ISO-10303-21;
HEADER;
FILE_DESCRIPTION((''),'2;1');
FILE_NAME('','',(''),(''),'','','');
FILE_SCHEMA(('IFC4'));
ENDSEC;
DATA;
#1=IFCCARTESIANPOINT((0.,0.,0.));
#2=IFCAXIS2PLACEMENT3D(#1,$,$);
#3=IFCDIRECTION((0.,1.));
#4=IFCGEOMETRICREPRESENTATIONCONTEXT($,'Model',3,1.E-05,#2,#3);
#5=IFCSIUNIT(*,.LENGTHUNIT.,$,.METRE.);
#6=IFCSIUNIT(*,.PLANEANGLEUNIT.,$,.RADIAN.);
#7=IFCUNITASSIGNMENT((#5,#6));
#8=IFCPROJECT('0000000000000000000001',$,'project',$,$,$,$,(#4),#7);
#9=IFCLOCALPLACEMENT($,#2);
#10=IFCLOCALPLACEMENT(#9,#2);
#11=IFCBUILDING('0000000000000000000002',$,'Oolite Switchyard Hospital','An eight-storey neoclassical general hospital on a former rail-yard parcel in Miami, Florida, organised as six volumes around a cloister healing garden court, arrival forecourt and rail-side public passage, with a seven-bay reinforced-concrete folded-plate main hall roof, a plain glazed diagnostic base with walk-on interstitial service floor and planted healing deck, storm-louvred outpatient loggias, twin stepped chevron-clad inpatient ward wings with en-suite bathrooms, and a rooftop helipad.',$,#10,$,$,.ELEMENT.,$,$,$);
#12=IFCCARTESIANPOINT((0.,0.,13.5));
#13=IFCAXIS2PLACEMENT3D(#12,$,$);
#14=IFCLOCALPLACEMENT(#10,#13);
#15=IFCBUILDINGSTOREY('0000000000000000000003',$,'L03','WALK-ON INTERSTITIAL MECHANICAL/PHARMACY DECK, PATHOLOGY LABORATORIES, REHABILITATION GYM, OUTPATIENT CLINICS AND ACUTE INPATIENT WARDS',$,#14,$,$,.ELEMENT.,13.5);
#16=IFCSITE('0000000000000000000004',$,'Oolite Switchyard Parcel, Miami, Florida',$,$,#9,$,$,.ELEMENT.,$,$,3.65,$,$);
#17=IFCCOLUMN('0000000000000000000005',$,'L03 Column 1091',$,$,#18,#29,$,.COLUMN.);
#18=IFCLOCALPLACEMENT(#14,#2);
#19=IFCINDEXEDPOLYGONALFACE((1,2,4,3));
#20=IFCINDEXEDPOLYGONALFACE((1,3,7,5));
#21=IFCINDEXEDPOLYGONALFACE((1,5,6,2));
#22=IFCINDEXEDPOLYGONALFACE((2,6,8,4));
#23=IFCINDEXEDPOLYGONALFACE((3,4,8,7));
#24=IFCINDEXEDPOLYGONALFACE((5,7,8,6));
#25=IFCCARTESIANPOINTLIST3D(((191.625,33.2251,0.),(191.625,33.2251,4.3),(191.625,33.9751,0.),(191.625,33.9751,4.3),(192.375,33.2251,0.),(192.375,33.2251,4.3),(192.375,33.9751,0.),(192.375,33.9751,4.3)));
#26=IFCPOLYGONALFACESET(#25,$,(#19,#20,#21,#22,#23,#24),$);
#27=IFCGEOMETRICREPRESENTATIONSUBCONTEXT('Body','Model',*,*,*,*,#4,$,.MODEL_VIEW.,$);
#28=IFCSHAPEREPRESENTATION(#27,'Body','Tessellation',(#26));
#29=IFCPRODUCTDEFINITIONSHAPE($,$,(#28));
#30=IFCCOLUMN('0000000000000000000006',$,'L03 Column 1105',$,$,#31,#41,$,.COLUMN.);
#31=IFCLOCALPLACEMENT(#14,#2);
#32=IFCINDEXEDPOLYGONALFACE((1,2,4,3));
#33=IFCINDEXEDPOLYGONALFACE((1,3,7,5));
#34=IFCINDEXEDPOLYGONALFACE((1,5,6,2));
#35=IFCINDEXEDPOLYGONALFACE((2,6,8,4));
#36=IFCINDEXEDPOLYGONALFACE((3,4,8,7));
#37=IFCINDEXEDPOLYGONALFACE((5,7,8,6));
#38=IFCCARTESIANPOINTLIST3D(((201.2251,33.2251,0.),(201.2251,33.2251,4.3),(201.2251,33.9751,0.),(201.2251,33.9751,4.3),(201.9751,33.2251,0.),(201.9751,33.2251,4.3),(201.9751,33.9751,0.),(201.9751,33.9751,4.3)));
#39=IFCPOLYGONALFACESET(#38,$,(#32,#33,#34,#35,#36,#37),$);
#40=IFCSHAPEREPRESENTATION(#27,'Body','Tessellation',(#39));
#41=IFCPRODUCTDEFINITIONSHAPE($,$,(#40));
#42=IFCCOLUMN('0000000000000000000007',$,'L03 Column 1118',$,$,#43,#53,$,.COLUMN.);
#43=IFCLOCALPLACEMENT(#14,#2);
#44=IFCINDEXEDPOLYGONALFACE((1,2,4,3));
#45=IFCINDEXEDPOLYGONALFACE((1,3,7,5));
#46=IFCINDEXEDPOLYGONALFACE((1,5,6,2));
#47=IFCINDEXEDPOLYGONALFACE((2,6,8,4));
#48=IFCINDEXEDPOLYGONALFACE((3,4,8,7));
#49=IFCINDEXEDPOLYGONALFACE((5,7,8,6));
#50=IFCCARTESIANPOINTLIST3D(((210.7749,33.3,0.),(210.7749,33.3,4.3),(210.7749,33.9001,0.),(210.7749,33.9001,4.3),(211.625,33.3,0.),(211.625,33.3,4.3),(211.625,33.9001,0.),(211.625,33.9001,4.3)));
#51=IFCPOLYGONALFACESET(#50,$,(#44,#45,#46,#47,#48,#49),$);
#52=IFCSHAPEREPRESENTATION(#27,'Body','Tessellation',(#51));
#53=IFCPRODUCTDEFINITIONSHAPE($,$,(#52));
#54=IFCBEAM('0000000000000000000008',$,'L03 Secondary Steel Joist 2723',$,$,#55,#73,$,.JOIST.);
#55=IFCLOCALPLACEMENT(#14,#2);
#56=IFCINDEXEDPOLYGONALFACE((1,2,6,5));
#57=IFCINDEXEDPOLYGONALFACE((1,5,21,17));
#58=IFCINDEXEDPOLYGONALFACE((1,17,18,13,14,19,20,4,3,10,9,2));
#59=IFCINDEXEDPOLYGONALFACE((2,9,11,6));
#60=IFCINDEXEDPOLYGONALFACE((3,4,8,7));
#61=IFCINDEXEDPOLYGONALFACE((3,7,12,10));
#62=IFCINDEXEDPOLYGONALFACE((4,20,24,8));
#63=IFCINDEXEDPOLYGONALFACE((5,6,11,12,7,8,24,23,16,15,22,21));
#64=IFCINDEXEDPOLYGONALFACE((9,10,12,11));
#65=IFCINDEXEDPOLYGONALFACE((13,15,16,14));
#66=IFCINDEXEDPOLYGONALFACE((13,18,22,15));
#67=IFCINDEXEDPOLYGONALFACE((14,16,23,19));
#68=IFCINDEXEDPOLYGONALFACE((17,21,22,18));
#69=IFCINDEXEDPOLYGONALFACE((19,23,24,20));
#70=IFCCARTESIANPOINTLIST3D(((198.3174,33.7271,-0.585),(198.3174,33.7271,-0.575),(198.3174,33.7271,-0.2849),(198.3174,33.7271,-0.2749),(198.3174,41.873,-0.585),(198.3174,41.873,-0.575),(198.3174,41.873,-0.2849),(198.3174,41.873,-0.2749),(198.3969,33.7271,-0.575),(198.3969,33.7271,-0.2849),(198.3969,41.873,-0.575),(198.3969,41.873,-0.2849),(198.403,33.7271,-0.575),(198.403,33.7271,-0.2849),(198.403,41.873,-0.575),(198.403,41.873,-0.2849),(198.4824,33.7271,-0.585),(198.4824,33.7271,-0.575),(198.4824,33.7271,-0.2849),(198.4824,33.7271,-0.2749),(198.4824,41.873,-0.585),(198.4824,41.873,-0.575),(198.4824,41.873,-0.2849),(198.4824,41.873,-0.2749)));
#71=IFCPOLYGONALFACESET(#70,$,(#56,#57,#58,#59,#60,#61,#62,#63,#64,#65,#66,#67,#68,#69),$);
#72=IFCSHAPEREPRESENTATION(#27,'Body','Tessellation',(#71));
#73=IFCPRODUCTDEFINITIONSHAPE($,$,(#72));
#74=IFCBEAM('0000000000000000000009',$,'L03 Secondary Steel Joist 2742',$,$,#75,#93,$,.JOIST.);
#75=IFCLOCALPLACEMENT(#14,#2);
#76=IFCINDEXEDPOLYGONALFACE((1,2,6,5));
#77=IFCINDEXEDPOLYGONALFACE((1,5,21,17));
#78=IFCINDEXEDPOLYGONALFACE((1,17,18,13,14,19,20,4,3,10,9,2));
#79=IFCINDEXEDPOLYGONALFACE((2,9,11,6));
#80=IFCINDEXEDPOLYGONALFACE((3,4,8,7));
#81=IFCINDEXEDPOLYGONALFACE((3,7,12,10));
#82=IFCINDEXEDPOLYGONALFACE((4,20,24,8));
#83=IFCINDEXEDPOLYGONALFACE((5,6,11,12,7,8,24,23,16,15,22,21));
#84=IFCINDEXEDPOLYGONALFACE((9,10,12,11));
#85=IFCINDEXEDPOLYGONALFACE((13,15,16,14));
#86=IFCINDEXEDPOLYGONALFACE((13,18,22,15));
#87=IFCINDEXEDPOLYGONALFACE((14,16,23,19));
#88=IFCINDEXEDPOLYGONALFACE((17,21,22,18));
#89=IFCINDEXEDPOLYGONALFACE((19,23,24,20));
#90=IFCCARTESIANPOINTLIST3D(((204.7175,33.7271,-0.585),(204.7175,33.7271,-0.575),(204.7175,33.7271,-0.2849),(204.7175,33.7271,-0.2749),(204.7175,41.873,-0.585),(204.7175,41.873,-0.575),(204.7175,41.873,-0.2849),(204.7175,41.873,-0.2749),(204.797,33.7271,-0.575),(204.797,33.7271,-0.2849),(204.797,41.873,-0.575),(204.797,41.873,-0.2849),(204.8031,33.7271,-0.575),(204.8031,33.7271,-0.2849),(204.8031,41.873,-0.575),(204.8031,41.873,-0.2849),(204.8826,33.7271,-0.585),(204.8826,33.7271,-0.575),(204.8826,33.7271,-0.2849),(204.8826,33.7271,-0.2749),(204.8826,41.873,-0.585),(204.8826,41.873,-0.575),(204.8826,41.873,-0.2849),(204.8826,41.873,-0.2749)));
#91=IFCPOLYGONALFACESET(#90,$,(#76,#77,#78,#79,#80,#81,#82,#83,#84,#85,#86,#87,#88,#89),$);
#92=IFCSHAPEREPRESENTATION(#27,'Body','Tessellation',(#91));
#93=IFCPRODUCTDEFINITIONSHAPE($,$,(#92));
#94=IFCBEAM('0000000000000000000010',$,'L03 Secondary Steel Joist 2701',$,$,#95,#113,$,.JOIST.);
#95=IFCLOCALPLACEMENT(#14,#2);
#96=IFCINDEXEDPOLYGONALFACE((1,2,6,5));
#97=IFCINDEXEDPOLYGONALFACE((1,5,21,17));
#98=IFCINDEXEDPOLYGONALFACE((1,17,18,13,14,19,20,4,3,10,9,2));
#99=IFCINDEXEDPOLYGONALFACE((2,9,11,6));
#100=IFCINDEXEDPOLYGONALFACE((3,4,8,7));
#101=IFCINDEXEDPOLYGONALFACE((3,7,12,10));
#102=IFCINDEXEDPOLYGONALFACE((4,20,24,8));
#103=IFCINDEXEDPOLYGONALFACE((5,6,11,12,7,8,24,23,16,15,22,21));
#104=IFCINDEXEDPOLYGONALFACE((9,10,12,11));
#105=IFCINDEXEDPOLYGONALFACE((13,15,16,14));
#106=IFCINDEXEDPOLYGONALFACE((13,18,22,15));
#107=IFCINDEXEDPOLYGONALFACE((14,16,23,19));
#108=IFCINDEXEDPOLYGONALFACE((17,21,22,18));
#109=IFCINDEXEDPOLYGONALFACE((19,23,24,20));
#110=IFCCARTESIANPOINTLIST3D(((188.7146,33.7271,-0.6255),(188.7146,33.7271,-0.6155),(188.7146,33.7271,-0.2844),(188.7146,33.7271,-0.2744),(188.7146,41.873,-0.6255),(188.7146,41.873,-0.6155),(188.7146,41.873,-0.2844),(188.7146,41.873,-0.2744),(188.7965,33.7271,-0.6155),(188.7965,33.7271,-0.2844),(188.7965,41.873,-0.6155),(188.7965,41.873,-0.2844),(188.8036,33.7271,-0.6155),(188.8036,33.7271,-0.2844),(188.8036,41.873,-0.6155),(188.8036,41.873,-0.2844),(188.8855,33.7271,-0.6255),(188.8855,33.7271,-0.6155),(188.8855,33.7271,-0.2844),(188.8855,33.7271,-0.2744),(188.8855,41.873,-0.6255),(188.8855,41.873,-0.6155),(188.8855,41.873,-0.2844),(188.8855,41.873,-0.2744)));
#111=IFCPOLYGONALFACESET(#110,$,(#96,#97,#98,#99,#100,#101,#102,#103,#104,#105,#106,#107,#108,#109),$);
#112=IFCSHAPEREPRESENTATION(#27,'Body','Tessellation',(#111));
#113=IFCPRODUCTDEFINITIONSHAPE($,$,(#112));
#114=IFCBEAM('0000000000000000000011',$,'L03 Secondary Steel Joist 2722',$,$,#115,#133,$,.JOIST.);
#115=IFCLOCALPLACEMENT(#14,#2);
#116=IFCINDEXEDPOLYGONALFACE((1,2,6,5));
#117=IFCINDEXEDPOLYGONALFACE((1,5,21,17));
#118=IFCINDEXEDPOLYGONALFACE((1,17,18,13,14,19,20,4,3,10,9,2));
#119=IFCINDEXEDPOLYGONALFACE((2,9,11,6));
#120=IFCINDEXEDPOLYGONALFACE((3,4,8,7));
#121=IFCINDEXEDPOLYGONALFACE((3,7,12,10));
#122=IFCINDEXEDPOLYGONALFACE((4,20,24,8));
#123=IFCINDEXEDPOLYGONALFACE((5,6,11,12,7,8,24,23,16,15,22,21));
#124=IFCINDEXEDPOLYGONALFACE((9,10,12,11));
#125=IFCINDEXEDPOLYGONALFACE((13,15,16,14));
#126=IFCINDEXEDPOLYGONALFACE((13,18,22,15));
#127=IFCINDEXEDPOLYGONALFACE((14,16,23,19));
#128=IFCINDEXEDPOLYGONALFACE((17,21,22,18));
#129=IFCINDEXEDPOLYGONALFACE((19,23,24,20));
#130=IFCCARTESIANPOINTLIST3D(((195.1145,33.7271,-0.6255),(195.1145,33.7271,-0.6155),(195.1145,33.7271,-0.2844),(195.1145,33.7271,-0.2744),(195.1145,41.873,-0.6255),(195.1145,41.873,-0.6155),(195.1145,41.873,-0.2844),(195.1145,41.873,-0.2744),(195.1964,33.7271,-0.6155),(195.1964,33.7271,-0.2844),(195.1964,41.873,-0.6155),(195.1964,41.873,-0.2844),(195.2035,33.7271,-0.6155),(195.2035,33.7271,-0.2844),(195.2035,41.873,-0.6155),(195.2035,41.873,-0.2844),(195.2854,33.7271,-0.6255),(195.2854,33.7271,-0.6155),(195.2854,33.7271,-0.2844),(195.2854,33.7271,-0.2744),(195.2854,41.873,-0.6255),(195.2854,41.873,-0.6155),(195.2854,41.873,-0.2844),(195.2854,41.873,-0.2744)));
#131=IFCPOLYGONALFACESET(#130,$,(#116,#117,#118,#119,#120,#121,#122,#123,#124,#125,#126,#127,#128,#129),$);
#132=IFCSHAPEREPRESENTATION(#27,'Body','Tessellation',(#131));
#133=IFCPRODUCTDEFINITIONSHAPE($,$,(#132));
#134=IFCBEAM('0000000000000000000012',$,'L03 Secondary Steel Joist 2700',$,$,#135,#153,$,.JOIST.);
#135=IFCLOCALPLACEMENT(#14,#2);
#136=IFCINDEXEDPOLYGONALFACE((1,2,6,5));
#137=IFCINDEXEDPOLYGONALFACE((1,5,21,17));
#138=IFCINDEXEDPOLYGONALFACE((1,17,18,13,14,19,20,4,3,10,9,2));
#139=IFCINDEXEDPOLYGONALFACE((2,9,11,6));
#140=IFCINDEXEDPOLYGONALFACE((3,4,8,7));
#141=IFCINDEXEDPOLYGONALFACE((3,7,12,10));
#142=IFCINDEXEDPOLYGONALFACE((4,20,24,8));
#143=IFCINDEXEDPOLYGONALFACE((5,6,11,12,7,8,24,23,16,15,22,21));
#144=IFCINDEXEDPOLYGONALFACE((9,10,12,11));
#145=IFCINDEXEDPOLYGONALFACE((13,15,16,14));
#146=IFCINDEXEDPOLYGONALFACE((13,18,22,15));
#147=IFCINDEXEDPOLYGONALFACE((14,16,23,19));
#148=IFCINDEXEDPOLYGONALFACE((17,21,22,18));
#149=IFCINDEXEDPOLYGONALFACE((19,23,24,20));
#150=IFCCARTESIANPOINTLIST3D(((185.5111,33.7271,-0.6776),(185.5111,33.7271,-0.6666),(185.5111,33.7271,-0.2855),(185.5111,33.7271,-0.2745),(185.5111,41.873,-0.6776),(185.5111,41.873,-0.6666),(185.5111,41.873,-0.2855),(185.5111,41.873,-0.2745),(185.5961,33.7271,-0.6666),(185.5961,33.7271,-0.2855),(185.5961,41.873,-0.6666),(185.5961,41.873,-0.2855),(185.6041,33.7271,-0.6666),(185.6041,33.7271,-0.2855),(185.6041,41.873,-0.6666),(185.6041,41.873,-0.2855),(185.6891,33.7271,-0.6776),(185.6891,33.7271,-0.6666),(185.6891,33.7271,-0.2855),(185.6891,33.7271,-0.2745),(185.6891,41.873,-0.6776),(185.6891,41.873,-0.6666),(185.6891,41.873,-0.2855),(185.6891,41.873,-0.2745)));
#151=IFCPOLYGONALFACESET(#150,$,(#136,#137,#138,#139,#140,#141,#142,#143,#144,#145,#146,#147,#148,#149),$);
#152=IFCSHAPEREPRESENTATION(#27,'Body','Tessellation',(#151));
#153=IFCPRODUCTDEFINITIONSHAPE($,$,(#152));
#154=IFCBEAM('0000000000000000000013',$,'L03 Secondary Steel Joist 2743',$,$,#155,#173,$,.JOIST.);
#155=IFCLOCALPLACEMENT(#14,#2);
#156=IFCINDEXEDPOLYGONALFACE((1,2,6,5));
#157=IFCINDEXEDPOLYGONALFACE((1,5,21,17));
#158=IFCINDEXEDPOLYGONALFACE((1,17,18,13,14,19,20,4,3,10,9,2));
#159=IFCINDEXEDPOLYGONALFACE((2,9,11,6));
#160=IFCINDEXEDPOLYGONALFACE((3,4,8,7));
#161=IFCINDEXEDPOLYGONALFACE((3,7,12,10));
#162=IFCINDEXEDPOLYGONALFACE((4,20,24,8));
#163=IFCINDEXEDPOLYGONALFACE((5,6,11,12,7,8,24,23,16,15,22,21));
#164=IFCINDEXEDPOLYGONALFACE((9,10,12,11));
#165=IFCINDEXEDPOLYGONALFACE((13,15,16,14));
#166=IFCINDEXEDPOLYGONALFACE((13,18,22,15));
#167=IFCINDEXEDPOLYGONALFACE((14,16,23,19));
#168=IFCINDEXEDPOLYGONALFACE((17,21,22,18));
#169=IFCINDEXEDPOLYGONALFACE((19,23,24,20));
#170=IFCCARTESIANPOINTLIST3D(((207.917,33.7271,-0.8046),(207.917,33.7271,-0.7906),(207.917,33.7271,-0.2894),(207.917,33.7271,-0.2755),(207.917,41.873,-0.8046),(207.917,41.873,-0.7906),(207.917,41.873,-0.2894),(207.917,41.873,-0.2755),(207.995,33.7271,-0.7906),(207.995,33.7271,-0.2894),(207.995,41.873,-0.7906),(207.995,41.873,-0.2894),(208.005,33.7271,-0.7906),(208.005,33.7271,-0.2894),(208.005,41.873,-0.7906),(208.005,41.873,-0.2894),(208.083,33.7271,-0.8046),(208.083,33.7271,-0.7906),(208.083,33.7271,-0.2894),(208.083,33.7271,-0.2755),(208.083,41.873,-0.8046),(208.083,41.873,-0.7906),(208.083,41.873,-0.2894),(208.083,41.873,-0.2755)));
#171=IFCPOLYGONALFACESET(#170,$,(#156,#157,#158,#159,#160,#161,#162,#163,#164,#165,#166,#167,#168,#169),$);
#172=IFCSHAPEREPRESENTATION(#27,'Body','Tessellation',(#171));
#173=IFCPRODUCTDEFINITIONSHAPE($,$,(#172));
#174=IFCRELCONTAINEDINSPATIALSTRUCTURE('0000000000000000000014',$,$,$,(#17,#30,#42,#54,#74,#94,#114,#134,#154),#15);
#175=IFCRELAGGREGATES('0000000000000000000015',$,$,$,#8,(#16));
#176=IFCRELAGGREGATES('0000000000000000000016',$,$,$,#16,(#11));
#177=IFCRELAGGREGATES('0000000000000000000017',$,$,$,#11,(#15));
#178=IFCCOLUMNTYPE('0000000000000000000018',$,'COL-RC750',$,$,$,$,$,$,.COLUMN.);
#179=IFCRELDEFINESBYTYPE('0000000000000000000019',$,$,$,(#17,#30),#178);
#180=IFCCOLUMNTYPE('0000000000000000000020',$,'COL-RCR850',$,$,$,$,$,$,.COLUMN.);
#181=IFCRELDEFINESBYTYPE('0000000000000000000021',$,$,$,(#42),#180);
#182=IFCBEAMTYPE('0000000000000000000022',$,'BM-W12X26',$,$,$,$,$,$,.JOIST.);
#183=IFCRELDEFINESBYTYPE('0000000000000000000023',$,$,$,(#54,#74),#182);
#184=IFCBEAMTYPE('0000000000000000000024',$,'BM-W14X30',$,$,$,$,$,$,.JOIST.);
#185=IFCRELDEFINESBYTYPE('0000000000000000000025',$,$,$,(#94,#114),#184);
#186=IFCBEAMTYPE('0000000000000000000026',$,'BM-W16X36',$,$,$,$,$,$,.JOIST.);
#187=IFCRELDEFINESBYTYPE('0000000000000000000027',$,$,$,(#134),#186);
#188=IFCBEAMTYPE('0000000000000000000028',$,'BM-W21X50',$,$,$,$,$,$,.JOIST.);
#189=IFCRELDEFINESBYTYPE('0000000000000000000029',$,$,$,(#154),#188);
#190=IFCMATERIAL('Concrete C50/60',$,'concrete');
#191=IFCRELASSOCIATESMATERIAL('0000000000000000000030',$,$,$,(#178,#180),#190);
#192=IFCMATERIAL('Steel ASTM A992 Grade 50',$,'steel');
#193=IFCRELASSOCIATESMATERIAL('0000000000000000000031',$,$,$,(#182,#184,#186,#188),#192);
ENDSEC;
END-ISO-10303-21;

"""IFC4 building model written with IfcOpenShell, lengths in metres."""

from ifc_helpers import new_model, si_unit, direction, frame, origin, origin_2d, place, context, subcontext, project, spatial, rectangle, i_section, extrude, material, material_profile, profile_set, type_object, element, save


model = new_model("IFC4")

# Units and contexts
model_context = context("Model", 3, precision=1e-05, world=origin(), true_north=direction((0.0, 1.0)))
body_context = subcontext(model_context, "Body", "Model", "MODEL_VIEW")
ifc_project = project(units=[si_unit("LENGTHUNIT", "METRE"), si_unit("PLANEANGLEUNIT", "RADIAN")], contexts=[model_context])

# Site, building, storey
site_placement = place(None, origin())
site = spatial("IfcSite", under=ifc_project, at=site_placement, Name="Oolite Switchyard Parcel, Miami, Florida", CompositionType="ELEMENT", RefElevation=3.65)
building_placement = place(site_placement, origin())
building = spatial("IfcBuilding", under=site, at=building_placement, Name="Oolite Switchyard Hospital", Description="An eight-storey neoclassical general hospital on a former rail-yard parcel in Miami, Florida, organised as six volumes around a cloister healing garden court, arrival forecourt and rail-side public passage, with a seven-bay reinforced-concrete folded-plate main hall roof, a plain glazed diagnostic base with walk-on interstitial service floor and planted healing deck, storm-louvred outpatient loggias, twin stepped chevron-clad inpatient ward wings with en-suite bathrooms, and a rooftop helipad.", CompositionType="ELEMENT")
storey_placement = place(building_placement, frame((0.0, 0.0, 13.5)))
storey = spatial("IfcBuildingStorey", under=building, at=storey_placement, Name="L03", Description="WALK-ON INTERSTITIAL MECHANICAL/PHARMACY DECK, PATHOLOGY LABORATORIES, REHABILITATION GYM, OUTPATIENT CLINICS AND ACUTE INPATIENT WARDS", CompositionType="ELEMENT", Elevation=13.5)

# Columns
ifc_material_1 = material(Name="Concrete C50/60", Category="concrete")
ifc_material_profile_1 = material_profile(ifc_material_1, rectangle(XDim=0.75, YDim=0.75, at=origin_2d()), Name="RC750X750")
ifc_profile_set_1 = profile_set([ifc_material_profile_1], Name="Concrete C50/60")
column_type_1 = type_object("IfcColumnType", Name="COL-RC750", PredefinedType="COLUMN", material=ifc_profile_set_1)
for number, where, z_axis, x_axis, name in (
    (1, (192.0, 33.6001, 0.0), (0.0, 0.0, 1.0), (1.0, 0.0, 0.0), "L03 Column 1091"),
    (2, (201.6001, 33.6001, 0.0), (0.0, 0.0, 1.0), (1.0, 0.0, 0.0), "L03 Column 1105"),
):
    element("IfcColumn", number, at=place(storey_placement, frame(where, z_axis=z_axis, x_axis=x_axis)), inside=storey, type_object=column_type_1, Name=name, PredefinedType="COLUMN", context=body_context, shape_type="SweptSolid", body=[
        extrude(rectangle(XDim=0.75, YDim=0.75, at=origin_2d()), origin(), (0.0, 0.0, 1.0), 4.3),
    ])
ifc_material_profile_2 = material_profile(ifc_material_1, rectangle(XDim=0.8501, YDim=0.6001, at=origin_2d()), Name="RC850X600")
ifc_profile_set_2 = profile_set([ifc_material_profile_2], Name="Concrete C50/60")
column_type_2 = type_object("IfcColumnType", Name="COL-RCR850", PredefinedType="COLUMN", material=ifc_profile_set_2)
column_placement = place(storey_placement, frame((211.2, 33.6001, 0.0), z_axis=(0.0, 0.0, 1.0), x_axis=(1.0, 0.0, 0.0)))
element("IfcColumn", 3, at=column_placement, inside=storey, type_object=column_type_2, Name="L03 Column 1118", PredefinedType="COLUMN", context=body_context, shape_type="SweptSolid", body=[
    extrude(rectangle(XDim=0.8501, YDim=0.6001, at=origin_2d()), origin(), (0.0, 0.0, 1.0), 4.3),
])

# Beams
ifc_material_2 = material(Name="Steel ASTM A992 Grade 50", Category="steel")
ifc_material_profile_3 = material_profile(ifc_material_2, i_section(OverallWidth=0.165, OverallDepth=0.3101, WebThickness=0.0061, FlangeThickness=0.01, at=origin_2d()), Name="W12X26")
ifc_profile_set_3 = profile_set([ifc_material_profile_3], Name="Steel ASTM A992 Grade 50")
beam_type_1 = type_object("IfcBeamType", Name="BM-W12X26", PredefinedType="JOIST", material=ifc_profile_set_3)
for number, where, z_axis, x_axis, name in (
    (4, (198.3999, 33.7271, -0.4299), (0.0, 1.0, 0.0), (-1.0, 0.0, 0.0), "L03 Secondary Steel Joist 2723"),
    (5, (204.8, 33.7271, -0.4299), (0.0, 1.0, 0.0), (-1.0, 0.0, 0.0), "L03 Secondary Steel Joist 2742"),
):
    element("IfcBeam", number, at=place(storey_placement, frame(where, z_axis=z_axis, x_axis=x_axis)), inside=storey, type_object=beam_type_1, Name=name, PredefinedType="JOIST", context=body_context, shape_type="SweptSolid", body=[
        extrude(i_section(OverallWidth=0.165, OverallDepth=0.3101, WebThickness=0.0061, FlangeThickness=0.01, at=origin_2d()), origin(), (0.0, 0.0, 1.0), 8.146),
    ])
ifc_material_profile_4 = material_profile(ifc_material_2, i_section(OverallWidth=0.1709, OverallDepth=0.3511, WebThickness=0.0071, FlangeThickness=0.01, at=origin_2d()), Name="W14X30")
ifc_profile_set_4 = profile_set([ifc_material_profile_4], Name="Steel ASTM A992 Grade 50")
beam_type_2 = type_object("IfcBeamType", Name="BM-W14X30", PredefinedType="JOIST", material=ifc_profile_set_4)
for number, where, z_axis, x_axis, name in (
    (6, (188.8, 33.7271, -0.45), (0.0, 1.0, 0.0), (-1.0, 0.0, 0.0), "L03 Secondary Steel Joist 2701"),
    (7, (195.2, 33.7271, -0.45), (0.0, 1.0, 0.0), (-1.0, 0.0, 0.0), "L03 Secondary Steel Joist 2722"),
):
    element("IfcBeam", number, at=place(storey_placement, frame(where, z_axis=z_axis, x_axis=x_axis)), inside=storey, type_object=beam_type_2, Name=name, PredefinedType="JOIST", context=body_context, shape_type="SweptSolid", body=[
        extrude(i_section(OverallWidth=0.1709, OverallDepth=0.3511, WebThickness=0.0071, FlangeThickness=0.01, at=origin_2d()), origin(), (0.0, 0.0, 1.0), 8.146),
    ])
ifc_material_profile_5 = material_profile(ifc_material_2, i_section(OverallWidth=0.178, OverallDepth=0.4031, WebThickness=0.0081, FlangeThickness=0.011, at=origin_2d()), Name="W16X36")
ifc_profile_set_5 = profile_set([ifc_material_profile_5], Name="Steel ASTM A992 Grade 50")
beam_type_3 = type_object("IfcBeamType", Name="BM-W16X36", PredefinedType="JOIST", material=ifc_profile_set_5)
beam_1_placement = place(storey_placement, frame((185.6001, 33.7271, -0.4761), z_axis=(0.0, 1.0, 0.0), x_axis=(-1.0, 0.0, 0.0)))
element("IfcBeam", 8, at=beam_1_placement, inside=storey, type_object=beam_type_3, Name="L03 Secondary Steel Joist 2700", PredefinedType="JOIST", context=body_context, shape_type="SweptSolid", body=[
    extrude(i_section(OverallWidth=0.178, OverallDepth=0.4031, WebThickness=0.0081, FlangeThickness=0.011, at=origin_2d()), origin(), (0.0, 0.0, 1.0), 8.146),
])
ifc_material_profile_6 = material_profile(ifc_material_2, i_section(OverallWidth=0.166, OverallDepth=0.5291, WebThickness=0.01, FlangeThickness=0.0139, at=origin_2d()), Name="W21X50")
ifc_profile_set_6 = profile_set([ifc_material_profile_6], Name="Steel ASTM A992 Grade 50")
beam_type_4 = type_object("IfcBeamType", Name="BM-W21X50", PredefinedType="JOIST", material=ifc_profile_set_6)
beam_2_placement = place(storey_placement, frame((208.0, 33.7271, -0.54), z_axis=(0.0, 1.0, 0.0), x_axis=(-1.0, 0.0, 0.0)))
element("IfcBeam", 9, at=beam_2_placement, inside=storey, type_object=beam_type_4, Name="L03 Secondary Steel Joist 2743", PredefinedType="JOIST", context=body_context, shape_type="SweptSolid", body=[
    extrude(i_section(OverallWidth=0.166, OverallDepth=0.5291, WebThickness=0.01, FlangeThickness=0.0139, at=origin_2d()), origin(), (0.0, 0.0, 1.0), 8.146),
])

save(model, "model.ifc")
